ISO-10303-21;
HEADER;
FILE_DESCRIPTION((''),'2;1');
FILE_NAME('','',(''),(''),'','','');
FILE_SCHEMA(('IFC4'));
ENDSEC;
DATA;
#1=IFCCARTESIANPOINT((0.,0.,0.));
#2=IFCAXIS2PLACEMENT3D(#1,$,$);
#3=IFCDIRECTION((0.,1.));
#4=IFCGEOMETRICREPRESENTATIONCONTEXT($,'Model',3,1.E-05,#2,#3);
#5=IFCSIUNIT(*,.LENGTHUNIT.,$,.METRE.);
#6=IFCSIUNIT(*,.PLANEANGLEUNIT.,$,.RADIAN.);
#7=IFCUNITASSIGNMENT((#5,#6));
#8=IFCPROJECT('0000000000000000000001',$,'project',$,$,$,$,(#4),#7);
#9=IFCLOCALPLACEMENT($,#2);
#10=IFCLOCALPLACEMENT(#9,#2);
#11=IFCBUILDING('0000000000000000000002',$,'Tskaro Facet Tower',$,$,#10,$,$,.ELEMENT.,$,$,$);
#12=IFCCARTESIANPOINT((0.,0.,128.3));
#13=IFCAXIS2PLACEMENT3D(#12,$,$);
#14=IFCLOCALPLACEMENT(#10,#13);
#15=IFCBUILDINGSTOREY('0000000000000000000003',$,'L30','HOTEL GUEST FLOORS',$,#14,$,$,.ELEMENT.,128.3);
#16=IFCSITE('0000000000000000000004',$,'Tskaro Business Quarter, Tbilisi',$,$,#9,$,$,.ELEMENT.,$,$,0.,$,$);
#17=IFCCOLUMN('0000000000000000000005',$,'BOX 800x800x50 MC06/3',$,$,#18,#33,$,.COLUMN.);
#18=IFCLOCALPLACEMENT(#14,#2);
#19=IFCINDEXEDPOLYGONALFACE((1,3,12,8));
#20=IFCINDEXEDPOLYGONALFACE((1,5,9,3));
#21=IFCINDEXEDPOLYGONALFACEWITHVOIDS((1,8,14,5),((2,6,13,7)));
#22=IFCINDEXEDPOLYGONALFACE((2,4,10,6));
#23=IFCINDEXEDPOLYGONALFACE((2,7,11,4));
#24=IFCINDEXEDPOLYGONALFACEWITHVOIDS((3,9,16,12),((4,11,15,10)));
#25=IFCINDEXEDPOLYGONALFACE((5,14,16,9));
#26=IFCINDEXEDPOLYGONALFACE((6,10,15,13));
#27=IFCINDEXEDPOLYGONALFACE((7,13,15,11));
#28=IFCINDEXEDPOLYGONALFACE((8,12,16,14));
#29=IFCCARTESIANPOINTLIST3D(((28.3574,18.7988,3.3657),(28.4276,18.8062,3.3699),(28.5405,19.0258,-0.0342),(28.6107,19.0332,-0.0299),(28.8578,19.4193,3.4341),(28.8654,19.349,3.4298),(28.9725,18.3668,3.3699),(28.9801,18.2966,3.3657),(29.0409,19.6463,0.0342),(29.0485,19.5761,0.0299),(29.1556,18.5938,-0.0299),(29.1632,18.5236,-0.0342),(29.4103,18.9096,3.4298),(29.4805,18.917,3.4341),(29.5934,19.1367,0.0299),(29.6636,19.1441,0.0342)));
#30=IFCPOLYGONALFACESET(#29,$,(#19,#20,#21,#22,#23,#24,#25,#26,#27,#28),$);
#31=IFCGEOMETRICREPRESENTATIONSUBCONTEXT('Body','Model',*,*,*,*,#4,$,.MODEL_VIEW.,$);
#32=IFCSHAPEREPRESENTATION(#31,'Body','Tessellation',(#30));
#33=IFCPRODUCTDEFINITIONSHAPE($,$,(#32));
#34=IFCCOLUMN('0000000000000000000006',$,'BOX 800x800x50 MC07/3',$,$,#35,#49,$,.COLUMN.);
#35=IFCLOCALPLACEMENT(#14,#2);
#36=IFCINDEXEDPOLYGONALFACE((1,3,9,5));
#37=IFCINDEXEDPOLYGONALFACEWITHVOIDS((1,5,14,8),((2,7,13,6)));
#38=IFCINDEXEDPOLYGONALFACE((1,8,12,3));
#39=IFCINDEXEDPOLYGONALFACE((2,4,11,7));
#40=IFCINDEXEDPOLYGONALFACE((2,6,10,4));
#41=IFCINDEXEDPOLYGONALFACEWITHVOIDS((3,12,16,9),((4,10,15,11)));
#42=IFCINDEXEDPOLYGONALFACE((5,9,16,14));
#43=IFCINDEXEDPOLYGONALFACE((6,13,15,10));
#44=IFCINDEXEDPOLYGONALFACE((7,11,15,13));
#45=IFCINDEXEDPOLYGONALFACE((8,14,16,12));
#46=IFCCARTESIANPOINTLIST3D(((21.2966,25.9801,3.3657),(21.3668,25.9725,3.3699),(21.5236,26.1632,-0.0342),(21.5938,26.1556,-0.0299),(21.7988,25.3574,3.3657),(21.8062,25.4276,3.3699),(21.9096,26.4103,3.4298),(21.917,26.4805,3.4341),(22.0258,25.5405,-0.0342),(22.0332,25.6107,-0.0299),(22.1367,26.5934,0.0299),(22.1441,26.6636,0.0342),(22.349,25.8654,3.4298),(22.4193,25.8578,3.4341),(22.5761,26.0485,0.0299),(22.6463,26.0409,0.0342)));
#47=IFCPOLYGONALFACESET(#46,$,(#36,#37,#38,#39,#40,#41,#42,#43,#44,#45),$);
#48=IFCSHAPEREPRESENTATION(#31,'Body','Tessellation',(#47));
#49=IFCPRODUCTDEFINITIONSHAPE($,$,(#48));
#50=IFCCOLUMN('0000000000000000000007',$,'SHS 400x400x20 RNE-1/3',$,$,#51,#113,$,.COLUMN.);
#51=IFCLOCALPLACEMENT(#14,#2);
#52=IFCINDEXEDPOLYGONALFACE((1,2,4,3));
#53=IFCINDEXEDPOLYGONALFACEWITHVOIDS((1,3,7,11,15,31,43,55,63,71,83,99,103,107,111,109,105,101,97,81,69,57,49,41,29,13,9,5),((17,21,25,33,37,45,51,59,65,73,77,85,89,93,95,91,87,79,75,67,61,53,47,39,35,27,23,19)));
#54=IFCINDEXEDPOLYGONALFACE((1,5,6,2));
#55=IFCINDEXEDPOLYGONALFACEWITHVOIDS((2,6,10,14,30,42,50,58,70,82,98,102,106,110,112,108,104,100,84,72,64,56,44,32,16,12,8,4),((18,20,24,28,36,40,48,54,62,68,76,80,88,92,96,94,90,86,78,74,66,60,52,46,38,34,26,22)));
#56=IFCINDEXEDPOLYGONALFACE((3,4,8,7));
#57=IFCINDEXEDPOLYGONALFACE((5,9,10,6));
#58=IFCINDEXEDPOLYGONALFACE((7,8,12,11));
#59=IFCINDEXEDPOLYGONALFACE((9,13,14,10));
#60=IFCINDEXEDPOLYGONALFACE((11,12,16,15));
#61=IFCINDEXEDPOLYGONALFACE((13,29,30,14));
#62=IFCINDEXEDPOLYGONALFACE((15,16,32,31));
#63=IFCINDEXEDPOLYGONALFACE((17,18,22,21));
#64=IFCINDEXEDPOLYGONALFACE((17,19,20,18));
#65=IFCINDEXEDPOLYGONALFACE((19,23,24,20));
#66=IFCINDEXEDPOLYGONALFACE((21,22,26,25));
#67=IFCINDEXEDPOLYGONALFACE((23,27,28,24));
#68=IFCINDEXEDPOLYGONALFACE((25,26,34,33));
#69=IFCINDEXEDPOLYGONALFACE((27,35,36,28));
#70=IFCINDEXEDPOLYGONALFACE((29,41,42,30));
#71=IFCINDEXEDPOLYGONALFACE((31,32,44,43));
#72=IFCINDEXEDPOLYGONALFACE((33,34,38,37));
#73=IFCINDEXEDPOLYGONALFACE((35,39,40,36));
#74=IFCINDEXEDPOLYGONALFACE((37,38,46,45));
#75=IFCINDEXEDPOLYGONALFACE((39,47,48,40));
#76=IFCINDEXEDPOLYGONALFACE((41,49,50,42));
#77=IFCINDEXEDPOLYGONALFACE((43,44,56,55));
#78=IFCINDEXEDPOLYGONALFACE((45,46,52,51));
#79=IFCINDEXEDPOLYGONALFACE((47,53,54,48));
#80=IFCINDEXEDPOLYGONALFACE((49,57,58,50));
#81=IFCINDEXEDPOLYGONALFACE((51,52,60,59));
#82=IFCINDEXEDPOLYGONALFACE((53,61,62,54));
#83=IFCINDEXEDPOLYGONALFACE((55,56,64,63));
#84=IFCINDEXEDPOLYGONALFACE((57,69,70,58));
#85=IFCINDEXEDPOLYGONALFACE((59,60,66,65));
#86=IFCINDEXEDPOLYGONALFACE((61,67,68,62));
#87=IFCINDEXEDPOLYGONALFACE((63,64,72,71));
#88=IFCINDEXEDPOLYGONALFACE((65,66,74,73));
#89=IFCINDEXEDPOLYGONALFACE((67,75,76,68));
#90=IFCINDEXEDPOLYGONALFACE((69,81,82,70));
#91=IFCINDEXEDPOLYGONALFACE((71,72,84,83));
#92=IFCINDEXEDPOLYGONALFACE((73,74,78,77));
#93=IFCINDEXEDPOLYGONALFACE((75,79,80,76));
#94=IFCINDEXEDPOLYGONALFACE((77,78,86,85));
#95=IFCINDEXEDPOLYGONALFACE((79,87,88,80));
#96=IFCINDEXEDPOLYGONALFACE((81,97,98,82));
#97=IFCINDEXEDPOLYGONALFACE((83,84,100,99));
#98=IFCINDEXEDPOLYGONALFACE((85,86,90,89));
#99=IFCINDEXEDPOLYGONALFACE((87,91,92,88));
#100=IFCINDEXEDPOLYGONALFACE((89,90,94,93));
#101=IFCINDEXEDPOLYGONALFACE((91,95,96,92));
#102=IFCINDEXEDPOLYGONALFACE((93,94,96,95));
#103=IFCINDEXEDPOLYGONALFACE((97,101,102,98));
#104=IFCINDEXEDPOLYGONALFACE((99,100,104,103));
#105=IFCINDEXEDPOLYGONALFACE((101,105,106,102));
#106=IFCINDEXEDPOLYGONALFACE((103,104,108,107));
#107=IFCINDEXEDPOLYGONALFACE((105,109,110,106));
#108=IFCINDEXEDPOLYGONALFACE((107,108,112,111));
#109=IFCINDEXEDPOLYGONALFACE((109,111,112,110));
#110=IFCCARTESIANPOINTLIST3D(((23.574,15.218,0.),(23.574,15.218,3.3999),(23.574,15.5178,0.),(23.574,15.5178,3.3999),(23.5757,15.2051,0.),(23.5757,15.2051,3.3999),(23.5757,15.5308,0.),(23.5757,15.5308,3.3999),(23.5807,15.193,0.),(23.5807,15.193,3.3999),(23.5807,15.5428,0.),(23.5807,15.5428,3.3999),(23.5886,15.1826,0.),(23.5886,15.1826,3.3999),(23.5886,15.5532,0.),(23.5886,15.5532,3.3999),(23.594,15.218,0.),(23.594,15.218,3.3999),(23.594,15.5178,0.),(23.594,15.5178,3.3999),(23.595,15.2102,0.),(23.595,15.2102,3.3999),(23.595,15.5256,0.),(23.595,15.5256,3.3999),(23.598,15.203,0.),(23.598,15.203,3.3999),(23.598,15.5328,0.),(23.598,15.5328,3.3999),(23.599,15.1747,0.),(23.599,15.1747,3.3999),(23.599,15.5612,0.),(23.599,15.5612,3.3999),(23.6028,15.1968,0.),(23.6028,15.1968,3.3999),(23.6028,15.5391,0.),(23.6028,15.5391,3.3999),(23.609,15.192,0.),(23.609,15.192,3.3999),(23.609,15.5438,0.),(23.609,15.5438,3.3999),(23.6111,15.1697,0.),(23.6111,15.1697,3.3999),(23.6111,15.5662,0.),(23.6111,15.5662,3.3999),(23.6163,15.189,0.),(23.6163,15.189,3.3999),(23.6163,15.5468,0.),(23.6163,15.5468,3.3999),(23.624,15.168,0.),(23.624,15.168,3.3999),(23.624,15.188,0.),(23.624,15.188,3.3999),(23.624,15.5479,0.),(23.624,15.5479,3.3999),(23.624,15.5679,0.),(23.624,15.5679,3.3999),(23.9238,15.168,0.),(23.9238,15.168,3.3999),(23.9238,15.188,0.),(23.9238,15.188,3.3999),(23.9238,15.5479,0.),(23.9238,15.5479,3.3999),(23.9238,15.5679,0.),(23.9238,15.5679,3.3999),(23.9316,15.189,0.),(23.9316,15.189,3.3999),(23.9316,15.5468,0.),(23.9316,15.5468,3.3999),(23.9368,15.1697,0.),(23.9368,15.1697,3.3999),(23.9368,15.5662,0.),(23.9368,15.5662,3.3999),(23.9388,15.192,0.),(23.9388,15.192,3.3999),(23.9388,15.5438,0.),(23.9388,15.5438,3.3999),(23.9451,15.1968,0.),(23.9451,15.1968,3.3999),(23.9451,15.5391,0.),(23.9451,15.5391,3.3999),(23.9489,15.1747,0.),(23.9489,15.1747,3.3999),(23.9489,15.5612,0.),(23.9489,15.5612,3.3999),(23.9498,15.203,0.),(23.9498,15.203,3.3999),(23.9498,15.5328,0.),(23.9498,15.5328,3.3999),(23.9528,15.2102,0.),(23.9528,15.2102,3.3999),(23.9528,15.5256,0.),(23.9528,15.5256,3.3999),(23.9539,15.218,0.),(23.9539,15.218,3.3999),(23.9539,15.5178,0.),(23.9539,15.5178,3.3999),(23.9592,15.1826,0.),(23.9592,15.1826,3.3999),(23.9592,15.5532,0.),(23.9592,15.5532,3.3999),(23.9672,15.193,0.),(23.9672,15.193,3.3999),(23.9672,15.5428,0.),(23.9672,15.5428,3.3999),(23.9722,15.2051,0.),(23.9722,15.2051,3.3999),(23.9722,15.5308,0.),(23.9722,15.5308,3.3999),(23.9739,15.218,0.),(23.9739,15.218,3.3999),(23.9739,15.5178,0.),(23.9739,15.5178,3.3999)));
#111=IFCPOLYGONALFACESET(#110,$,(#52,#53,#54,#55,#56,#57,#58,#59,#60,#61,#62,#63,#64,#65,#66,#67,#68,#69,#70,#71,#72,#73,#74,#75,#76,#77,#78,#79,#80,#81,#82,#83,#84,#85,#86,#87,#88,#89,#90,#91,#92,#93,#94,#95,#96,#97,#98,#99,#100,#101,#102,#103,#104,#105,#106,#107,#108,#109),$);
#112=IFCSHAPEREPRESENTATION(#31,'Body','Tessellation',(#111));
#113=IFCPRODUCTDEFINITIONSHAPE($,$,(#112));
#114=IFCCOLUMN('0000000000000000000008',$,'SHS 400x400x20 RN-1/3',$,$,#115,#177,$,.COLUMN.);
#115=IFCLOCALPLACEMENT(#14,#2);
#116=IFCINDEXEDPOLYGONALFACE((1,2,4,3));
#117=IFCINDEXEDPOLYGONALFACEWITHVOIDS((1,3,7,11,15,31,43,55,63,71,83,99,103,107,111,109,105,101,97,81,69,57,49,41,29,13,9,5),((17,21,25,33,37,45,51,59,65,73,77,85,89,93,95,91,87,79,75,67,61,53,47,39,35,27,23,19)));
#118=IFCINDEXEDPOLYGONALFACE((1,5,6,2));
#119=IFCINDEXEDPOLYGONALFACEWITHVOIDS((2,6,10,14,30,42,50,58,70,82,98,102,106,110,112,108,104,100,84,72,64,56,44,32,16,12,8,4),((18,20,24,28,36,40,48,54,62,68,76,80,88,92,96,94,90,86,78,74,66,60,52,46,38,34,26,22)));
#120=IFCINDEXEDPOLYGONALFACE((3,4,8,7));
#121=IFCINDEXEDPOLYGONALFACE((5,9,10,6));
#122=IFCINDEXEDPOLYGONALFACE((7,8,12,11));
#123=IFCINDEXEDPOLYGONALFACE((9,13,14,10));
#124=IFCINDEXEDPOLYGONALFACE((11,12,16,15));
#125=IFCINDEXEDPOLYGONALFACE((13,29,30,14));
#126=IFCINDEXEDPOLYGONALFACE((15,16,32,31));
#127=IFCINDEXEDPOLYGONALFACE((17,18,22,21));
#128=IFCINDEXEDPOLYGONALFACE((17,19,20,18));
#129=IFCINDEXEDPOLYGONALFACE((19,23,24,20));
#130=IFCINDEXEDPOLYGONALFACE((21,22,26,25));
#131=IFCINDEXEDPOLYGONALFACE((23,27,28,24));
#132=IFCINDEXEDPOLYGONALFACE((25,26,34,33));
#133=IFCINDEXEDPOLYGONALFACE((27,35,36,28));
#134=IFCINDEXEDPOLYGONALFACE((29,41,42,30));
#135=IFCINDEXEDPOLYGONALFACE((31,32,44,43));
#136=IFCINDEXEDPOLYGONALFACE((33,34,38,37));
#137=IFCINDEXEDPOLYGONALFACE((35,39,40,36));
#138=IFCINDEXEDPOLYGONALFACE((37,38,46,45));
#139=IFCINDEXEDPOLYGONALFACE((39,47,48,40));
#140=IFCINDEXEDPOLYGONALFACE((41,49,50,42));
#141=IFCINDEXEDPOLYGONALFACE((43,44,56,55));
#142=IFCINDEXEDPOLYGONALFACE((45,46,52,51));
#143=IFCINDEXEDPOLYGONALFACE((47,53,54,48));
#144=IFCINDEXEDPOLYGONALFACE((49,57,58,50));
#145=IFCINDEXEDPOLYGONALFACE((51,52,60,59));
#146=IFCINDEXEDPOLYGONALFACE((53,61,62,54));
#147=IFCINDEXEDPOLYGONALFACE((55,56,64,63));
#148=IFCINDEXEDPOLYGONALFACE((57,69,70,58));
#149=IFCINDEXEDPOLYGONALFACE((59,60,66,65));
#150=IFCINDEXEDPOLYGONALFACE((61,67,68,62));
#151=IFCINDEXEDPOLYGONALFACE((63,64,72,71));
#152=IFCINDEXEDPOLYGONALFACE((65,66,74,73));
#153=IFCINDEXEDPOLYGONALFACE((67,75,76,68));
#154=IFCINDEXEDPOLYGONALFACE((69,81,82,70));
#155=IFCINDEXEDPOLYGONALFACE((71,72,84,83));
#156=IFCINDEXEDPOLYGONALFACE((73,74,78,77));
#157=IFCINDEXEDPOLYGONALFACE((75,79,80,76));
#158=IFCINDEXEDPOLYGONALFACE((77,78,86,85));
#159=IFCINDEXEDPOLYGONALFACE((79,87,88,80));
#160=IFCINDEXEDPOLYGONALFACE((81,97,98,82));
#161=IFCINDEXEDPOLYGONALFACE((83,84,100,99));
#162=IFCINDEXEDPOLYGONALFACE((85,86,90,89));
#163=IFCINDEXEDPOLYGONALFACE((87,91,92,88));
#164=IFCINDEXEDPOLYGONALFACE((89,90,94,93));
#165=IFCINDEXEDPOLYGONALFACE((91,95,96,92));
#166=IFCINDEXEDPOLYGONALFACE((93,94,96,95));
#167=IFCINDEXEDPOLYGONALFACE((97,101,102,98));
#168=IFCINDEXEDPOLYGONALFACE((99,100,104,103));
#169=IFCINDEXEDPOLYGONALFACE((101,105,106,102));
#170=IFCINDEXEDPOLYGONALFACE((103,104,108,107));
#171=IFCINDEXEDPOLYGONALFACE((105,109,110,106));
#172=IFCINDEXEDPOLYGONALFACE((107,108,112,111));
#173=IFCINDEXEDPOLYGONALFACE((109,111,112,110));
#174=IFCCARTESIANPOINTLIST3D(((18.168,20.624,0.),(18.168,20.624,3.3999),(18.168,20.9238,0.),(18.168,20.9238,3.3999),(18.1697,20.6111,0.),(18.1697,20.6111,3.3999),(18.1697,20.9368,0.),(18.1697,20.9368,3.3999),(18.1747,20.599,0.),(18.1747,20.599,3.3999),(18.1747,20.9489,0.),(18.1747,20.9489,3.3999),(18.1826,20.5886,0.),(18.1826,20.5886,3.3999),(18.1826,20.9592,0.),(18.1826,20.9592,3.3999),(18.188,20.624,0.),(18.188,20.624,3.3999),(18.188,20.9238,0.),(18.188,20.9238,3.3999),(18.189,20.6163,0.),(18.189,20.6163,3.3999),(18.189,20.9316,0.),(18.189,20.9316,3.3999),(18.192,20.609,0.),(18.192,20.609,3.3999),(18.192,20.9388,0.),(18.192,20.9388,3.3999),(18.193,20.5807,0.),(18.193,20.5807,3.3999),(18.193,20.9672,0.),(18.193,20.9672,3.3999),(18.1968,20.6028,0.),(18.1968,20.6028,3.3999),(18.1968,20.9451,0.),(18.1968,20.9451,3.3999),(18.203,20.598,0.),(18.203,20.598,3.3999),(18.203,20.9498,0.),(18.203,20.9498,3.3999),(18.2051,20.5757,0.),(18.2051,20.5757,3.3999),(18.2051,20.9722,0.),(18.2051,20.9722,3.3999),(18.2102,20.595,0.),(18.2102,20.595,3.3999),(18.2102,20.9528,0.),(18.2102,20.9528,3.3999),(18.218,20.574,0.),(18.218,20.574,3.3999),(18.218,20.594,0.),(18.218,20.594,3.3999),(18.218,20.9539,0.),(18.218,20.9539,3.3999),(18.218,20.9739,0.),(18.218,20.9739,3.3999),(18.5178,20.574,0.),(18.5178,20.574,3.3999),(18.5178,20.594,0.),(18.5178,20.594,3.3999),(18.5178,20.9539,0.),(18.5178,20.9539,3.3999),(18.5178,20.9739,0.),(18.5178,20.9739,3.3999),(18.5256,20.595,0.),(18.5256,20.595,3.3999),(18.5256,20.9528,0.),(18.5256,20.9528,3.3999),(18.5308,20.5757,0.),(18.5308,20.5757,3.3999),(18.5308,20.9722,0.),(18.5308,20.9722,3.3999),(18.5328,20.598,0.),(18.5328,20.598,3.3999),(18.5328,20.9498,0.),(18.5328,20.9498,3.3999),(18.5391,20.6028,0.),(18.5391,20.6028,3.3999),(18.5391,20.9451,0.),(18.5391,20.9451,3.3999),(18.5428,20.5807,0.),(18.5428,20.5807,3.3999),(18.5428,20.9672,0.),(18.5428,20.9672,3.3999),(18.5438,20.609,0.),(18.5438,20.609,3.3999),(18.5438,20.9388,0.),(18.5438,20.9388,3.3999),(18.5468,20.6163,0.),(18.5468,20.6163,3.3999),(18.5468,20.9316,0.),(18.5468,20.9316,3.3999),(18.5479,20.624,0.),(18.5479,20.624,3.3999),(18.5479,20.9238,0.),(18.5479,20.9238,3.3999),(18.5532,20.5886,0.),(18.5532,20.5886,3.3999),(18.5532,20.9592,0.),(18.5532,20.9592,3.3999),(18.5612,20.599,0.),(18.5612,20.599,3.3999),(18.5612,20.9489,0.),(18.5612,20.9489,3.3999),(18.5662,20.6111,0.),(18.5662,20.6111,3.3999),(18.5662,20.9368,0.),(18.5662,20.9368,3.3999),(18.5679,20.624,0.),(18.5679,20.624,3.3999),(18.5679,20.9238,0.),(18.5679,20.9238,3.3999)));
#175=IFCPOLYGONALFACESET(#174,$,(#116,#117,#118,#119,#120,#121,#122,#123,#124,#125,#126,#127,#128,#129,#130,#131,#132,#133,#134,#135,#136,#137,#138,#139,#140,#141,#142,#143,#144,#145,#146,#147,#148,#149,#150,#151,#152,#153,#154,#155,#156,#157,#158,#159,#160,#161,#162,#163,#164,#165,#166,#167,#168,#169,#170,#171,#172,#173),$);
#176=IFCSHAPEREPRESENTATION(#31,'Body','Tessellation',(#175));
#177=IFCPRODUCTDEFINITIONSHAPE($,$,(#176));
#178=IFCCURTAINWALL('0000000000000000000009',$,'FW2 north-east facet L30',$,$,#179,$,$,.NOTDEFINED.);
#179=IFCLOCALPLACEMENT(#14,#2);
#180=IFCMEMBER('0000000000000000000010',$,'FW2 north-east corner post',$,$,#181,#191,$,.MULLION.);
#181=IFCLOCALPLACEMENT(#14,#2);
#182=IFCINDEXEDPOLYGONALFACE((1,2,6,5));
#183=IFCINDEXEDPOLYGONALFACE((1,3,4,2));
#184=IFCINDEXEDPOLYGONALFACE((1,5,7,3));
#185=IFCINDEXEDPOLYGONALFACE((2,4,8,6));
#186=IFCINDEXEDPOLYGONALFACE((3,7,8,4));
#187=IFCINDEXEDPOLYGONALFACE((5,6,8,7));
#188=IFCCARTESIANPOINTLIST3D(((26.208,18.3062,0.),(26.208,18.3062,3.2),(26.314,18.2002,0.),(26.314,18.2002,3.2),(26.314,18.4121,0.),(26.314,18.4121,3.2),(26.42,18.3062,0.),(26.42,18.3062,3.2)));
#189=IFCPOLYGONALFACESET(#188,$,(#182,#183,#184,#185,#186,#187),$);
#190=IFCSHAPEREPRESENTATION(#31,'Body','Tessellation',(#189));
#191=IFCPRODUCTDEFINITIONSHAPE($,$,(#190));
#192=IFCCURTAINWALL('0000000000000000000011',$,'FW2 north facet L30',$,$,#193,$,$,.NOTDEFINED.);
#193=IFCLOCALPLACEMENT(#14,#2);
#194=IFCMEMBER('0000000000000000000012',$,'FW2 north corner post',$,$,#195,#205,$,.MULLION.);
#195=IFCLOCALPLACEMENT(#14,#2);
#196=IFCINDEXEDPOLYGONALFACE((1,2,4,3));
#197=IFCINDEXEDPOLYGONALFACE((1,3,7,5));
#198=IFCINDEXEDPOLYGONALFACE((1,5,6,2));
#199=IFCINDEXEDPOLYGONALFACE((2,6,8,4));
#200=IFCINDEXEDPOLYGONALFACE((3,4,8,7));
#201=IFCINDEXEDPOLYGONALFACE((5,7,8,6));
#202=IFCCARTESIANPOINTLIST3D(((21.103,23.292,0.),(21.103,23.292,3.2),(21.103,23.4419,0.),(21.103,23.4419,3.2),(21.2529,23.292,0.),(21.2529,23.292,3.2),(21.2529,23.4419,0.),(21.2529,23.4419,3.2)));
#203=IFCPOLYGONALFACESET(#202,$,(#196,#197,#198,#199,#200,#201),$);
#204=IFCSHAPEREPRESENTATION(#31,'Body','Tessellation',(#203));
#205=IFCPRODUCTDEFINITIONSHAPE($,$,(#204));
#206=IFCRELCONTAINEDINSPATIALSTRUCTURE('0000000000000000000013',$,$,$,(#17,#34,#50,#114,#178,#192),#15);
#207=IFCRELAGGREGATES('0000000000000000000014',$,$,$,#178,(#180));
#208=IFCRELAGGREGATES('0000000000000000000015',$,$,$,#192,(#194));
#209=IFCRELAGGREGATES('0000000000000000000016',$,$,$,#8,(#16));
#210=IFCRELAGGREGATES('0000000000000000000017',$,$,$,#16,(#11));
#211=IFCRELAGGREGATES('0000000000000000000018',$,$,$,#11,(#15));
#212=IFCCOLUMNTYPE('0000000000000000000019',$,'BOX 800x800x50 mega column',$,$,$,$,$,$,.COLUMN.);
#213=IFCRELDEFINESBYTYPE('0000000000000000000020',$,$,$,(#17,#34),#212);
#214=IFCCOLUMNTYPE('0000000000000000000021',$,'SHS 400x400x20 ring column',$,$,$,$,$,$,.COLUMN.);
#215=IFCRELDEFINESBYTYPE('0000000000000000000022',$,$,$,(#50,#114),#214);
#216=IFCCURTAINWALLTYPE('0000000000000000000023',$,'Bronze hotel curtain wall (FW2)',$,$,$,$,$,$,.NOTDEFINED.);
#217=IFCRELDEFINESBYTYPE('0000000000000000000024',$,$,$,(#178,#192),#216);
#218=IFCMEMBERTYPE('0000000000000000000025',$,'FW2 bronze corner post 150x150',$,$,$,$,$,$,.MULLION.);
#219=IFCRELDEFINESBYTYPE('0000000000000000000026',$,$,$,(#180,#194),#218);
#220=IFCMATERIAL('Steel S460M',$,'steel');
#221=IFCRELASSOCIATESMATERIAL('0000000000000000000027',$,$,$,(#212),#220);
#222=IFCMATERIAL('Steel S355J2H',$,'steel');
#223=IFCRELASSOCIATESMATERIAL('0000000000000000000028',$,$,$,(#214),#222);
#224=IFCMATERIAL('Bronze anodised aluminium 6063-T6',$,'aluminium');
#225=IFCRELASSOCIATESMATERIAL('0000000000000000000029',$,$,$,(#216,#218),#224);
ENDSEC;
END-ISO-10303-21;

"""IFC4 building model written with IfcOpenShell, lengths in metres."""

from ifc_helpers import new_model, si_unit, direction, frame, origin, origin_2d, place, context, subcontext, project, spatial, rectangle, hollow_rectangle, extrude, material, material_profile, profile_set, type_object, element, aggregate, save


model = new_model("IFC4")

# Units and contexts
model_context = context("Model", 3, precision=1e-05, world=origin(), true_north=direction((0.0, 1.0)))
body_context = subcontext(model_context, "Body", "Model", "MODEL_VIEW")
ifc_project = project(units=[si_unit("LENGTHUNIT", "METRE"), si_unit("PLANEANGLEUNIT", "RADIAN")], contexts=[model_context])

# Site, building, storey
site_placement = place(None, origin())
site = spatial("IfcSite", under=ifc_project, at=site_placement, Name="Tskaro Business Quarter, Tbilisi", CompositionType="ELEMENT", RefElevation=0.0)
building_placement = place(site_placement, origin())
building = spatial("IfcBuilding", under=site, at=building_placement, Name="Tskaro Facet Tower", CompositionType="ELEMENT")
storey_placement = place(building_placement, frame((0.0, 0.0, 128.3)))
storey = spatial("IfcBuildingStorey", under=building, at=storey_placement, Name="L30", Description="HOTEL GUEST FLOORS", CompositionType="ELEMENT", Elevation=128.3)

# Columns
ifc_material_1 = material(Name="Steel S460M", Category="steel")
ifc_material_profile_1 = material_profile(ifc_material_1, hollow_rectangle(XDim=0.8, YDim=0.8, WallThickness=0.05, at=origin_2d()), Name="BOX 800x800x50")
ifc_profile_set_1 = profile_set([ifc_material_profile_1], Name="Steel S460M")
column_type_1 = type_object("IfcColumnType", Name="BOX 800x800x50 mega column", PredefinedType="COLUMN", material=ifc_profile_set_1)
for number, where, z_axis, x_axis, name in (
    (1, (29.1021, 19.085, 0.0), (-0.053659, -0.066537, 0.99634), (0.778413, -0.627752, 0.0), "BOX 800x800x50 MC06/3"),
    (2, (22.085, 26.1021, 0.0), (-0.066537, -0.053659, 0.99634), (0.627752, -0.778413, 0.0), "BOX 800x800x50 MC07/3"),
):
    element("IfcColumn", number, at=place(storey_placement, frame(where, z_axis=z_axis, x_axis=x_axis)), inside=storey, type_object=column_type_1, Name=name, PredefinedType="COLUMN", context=body_context, shape_type="SweptSolid", body=[
        extrude(hollow_rectangle(XDim=0.8, YDim=0.8, WallThickness=0.05, at=origin_2d()), origin(), (0.0, 0.0, 1.0), 3.4124),
    ])
ifc_material_2 = material(Name="Steel S355J2H", Category="steel")
ifc_material_profile_2 = material_profile(ifc_material_2, hollow_rectangle(XDim=0.3999, YDim=0.3999, WallThickness=0.02, InnerFilletRadius=0.03, OuterFilletRadius=0.05, at=origin_2d()), Name="SHS 400x400x20")
ifc_profile_set_2 = profile_set([ifc_material_profile_2], Name="Steel S355J2H")
column_type_2 = type_object("IfcColumnType", Name="SHS 400x400x20 ring column", PredefinedType="COLUMN", material=ifc_profile_set_2)
for number, where, z_axis, x_axis, name in (
    (3, (23.7739, 15.3679, 0.0), (0.0, 0.0, 1.0), (1.0, 0.0, 0.0), "SHS 400x400x20 RNE-1/3"),
    (4, (18.3679, 20.7739, 0.0), (0.0, 0.0, 1.0), (1.0, 0.0, 0.0), "SHS 400x400x20 RN-1/3"),
):
    element("IfcColumn", number, at=place(storey_placement, frame(where, z_axis=z_axis, x_axis=x_axis)), inside=storey, type_object=column_type_2, Name=name, PredefinedType="COLUMN", context=body_context, shape_type="SweptSolid", body=[
        extrude(hollow_rectangle(XDim=0.3999, YDim=0.3999, WallThickness=0.02, InnerFilletRadius=0.03, OuterFilletRadius=0.05, at=origin_2d()), origin(), (0.0, 0.0, 1.0), 3.3999),
    ])

# Curtain walls, members
ifc_material_3 = material(Name="Bronze anodised aluminium 6063-T6", Category="aluminium")
curtain_wall_type = type_object("IfcCurtainWallType", Name="Bronze hotel curtain wall (FW2)", PredefinedType="NOTDEFINED", material=ifc_material_3)
curtain_wall_1_placement = place(storey_placement, origin())
curtain_wall_1 = element("IfcCurtainWall", 5, at=curtain_wall_1_placement, inside=storey, type_object=curtain_wall_type, Name="FW2 north-east facet L30", PredefinedType="NOTDEFINED")
ifc_material_profile_3 = material_profile(ifc_material_3, rectangle(XDim=0.1499, YDim=0.1499, at=origin_2d()), Name="Corner post 150x150")
ifc_profile_set_3 = profile_set([ifc_material_profile_3], Name="Bronze anodised aluminium 6063-T6")
member_type_1 = type_object("IfcMemberType", Name="FW2 bronze corner post 150x150", PredefinedType="MULLION", material=ifc_profile_set_3)
member_1_placement = place(storey_placement, frame((26.314, 18.3062, 0.0), z_axis=(0.0, 0.0, 1.0), x_axis=(-0.707107, 0.707107, 0.0)))
member_1 = element("IfcMember", 6, at=member_1_placement, type_object=member_type_1, Name="FW2 north-east corner post", PredefinedType="MULLION", context=body_context, shape_type="SweptSolid", body=[
    extrude(rectangle(XDim=0.1499, YDim=0.1499, at=origin_2d()), origin(), (0.0, 0.0, 1.0), 3.2),
])
curtain_wall_2_placement = place(storey_placement, origin())
curtain_wall_2 = element("IfcCurtainWall", 7, at=curtain_wall_2_placement, inside=storey, type_object=curtain_wall_type, Name="FW2 north facet L30", PredefinedType="NOTDEFINED")
member_2_placement = place(storey_placement, frame((21.178, 23.3669, 0.0), z_axis=(0.0, 0.0, 1.0), x_axis=(-1.0, 0.0, 0.0)))
member_2 = element("IfcMember", 8, at=member_2_placement, type_object=member_type_1, Name="FW2 north corner post", PredefinedType="MULLION", context=body_context, shape_type="SweptSolid", body=[
    extrude(rectangle(XDim=0.1499, YDim=0.1499, at=origin_2d()), origin(), (0.0, 0.0, 1.0), 3.2),
])

aggregate(curtain_wall_1, [member_1])
aggregate(curtain_wall_2, [member_2])

save(model, "model.ifc")
